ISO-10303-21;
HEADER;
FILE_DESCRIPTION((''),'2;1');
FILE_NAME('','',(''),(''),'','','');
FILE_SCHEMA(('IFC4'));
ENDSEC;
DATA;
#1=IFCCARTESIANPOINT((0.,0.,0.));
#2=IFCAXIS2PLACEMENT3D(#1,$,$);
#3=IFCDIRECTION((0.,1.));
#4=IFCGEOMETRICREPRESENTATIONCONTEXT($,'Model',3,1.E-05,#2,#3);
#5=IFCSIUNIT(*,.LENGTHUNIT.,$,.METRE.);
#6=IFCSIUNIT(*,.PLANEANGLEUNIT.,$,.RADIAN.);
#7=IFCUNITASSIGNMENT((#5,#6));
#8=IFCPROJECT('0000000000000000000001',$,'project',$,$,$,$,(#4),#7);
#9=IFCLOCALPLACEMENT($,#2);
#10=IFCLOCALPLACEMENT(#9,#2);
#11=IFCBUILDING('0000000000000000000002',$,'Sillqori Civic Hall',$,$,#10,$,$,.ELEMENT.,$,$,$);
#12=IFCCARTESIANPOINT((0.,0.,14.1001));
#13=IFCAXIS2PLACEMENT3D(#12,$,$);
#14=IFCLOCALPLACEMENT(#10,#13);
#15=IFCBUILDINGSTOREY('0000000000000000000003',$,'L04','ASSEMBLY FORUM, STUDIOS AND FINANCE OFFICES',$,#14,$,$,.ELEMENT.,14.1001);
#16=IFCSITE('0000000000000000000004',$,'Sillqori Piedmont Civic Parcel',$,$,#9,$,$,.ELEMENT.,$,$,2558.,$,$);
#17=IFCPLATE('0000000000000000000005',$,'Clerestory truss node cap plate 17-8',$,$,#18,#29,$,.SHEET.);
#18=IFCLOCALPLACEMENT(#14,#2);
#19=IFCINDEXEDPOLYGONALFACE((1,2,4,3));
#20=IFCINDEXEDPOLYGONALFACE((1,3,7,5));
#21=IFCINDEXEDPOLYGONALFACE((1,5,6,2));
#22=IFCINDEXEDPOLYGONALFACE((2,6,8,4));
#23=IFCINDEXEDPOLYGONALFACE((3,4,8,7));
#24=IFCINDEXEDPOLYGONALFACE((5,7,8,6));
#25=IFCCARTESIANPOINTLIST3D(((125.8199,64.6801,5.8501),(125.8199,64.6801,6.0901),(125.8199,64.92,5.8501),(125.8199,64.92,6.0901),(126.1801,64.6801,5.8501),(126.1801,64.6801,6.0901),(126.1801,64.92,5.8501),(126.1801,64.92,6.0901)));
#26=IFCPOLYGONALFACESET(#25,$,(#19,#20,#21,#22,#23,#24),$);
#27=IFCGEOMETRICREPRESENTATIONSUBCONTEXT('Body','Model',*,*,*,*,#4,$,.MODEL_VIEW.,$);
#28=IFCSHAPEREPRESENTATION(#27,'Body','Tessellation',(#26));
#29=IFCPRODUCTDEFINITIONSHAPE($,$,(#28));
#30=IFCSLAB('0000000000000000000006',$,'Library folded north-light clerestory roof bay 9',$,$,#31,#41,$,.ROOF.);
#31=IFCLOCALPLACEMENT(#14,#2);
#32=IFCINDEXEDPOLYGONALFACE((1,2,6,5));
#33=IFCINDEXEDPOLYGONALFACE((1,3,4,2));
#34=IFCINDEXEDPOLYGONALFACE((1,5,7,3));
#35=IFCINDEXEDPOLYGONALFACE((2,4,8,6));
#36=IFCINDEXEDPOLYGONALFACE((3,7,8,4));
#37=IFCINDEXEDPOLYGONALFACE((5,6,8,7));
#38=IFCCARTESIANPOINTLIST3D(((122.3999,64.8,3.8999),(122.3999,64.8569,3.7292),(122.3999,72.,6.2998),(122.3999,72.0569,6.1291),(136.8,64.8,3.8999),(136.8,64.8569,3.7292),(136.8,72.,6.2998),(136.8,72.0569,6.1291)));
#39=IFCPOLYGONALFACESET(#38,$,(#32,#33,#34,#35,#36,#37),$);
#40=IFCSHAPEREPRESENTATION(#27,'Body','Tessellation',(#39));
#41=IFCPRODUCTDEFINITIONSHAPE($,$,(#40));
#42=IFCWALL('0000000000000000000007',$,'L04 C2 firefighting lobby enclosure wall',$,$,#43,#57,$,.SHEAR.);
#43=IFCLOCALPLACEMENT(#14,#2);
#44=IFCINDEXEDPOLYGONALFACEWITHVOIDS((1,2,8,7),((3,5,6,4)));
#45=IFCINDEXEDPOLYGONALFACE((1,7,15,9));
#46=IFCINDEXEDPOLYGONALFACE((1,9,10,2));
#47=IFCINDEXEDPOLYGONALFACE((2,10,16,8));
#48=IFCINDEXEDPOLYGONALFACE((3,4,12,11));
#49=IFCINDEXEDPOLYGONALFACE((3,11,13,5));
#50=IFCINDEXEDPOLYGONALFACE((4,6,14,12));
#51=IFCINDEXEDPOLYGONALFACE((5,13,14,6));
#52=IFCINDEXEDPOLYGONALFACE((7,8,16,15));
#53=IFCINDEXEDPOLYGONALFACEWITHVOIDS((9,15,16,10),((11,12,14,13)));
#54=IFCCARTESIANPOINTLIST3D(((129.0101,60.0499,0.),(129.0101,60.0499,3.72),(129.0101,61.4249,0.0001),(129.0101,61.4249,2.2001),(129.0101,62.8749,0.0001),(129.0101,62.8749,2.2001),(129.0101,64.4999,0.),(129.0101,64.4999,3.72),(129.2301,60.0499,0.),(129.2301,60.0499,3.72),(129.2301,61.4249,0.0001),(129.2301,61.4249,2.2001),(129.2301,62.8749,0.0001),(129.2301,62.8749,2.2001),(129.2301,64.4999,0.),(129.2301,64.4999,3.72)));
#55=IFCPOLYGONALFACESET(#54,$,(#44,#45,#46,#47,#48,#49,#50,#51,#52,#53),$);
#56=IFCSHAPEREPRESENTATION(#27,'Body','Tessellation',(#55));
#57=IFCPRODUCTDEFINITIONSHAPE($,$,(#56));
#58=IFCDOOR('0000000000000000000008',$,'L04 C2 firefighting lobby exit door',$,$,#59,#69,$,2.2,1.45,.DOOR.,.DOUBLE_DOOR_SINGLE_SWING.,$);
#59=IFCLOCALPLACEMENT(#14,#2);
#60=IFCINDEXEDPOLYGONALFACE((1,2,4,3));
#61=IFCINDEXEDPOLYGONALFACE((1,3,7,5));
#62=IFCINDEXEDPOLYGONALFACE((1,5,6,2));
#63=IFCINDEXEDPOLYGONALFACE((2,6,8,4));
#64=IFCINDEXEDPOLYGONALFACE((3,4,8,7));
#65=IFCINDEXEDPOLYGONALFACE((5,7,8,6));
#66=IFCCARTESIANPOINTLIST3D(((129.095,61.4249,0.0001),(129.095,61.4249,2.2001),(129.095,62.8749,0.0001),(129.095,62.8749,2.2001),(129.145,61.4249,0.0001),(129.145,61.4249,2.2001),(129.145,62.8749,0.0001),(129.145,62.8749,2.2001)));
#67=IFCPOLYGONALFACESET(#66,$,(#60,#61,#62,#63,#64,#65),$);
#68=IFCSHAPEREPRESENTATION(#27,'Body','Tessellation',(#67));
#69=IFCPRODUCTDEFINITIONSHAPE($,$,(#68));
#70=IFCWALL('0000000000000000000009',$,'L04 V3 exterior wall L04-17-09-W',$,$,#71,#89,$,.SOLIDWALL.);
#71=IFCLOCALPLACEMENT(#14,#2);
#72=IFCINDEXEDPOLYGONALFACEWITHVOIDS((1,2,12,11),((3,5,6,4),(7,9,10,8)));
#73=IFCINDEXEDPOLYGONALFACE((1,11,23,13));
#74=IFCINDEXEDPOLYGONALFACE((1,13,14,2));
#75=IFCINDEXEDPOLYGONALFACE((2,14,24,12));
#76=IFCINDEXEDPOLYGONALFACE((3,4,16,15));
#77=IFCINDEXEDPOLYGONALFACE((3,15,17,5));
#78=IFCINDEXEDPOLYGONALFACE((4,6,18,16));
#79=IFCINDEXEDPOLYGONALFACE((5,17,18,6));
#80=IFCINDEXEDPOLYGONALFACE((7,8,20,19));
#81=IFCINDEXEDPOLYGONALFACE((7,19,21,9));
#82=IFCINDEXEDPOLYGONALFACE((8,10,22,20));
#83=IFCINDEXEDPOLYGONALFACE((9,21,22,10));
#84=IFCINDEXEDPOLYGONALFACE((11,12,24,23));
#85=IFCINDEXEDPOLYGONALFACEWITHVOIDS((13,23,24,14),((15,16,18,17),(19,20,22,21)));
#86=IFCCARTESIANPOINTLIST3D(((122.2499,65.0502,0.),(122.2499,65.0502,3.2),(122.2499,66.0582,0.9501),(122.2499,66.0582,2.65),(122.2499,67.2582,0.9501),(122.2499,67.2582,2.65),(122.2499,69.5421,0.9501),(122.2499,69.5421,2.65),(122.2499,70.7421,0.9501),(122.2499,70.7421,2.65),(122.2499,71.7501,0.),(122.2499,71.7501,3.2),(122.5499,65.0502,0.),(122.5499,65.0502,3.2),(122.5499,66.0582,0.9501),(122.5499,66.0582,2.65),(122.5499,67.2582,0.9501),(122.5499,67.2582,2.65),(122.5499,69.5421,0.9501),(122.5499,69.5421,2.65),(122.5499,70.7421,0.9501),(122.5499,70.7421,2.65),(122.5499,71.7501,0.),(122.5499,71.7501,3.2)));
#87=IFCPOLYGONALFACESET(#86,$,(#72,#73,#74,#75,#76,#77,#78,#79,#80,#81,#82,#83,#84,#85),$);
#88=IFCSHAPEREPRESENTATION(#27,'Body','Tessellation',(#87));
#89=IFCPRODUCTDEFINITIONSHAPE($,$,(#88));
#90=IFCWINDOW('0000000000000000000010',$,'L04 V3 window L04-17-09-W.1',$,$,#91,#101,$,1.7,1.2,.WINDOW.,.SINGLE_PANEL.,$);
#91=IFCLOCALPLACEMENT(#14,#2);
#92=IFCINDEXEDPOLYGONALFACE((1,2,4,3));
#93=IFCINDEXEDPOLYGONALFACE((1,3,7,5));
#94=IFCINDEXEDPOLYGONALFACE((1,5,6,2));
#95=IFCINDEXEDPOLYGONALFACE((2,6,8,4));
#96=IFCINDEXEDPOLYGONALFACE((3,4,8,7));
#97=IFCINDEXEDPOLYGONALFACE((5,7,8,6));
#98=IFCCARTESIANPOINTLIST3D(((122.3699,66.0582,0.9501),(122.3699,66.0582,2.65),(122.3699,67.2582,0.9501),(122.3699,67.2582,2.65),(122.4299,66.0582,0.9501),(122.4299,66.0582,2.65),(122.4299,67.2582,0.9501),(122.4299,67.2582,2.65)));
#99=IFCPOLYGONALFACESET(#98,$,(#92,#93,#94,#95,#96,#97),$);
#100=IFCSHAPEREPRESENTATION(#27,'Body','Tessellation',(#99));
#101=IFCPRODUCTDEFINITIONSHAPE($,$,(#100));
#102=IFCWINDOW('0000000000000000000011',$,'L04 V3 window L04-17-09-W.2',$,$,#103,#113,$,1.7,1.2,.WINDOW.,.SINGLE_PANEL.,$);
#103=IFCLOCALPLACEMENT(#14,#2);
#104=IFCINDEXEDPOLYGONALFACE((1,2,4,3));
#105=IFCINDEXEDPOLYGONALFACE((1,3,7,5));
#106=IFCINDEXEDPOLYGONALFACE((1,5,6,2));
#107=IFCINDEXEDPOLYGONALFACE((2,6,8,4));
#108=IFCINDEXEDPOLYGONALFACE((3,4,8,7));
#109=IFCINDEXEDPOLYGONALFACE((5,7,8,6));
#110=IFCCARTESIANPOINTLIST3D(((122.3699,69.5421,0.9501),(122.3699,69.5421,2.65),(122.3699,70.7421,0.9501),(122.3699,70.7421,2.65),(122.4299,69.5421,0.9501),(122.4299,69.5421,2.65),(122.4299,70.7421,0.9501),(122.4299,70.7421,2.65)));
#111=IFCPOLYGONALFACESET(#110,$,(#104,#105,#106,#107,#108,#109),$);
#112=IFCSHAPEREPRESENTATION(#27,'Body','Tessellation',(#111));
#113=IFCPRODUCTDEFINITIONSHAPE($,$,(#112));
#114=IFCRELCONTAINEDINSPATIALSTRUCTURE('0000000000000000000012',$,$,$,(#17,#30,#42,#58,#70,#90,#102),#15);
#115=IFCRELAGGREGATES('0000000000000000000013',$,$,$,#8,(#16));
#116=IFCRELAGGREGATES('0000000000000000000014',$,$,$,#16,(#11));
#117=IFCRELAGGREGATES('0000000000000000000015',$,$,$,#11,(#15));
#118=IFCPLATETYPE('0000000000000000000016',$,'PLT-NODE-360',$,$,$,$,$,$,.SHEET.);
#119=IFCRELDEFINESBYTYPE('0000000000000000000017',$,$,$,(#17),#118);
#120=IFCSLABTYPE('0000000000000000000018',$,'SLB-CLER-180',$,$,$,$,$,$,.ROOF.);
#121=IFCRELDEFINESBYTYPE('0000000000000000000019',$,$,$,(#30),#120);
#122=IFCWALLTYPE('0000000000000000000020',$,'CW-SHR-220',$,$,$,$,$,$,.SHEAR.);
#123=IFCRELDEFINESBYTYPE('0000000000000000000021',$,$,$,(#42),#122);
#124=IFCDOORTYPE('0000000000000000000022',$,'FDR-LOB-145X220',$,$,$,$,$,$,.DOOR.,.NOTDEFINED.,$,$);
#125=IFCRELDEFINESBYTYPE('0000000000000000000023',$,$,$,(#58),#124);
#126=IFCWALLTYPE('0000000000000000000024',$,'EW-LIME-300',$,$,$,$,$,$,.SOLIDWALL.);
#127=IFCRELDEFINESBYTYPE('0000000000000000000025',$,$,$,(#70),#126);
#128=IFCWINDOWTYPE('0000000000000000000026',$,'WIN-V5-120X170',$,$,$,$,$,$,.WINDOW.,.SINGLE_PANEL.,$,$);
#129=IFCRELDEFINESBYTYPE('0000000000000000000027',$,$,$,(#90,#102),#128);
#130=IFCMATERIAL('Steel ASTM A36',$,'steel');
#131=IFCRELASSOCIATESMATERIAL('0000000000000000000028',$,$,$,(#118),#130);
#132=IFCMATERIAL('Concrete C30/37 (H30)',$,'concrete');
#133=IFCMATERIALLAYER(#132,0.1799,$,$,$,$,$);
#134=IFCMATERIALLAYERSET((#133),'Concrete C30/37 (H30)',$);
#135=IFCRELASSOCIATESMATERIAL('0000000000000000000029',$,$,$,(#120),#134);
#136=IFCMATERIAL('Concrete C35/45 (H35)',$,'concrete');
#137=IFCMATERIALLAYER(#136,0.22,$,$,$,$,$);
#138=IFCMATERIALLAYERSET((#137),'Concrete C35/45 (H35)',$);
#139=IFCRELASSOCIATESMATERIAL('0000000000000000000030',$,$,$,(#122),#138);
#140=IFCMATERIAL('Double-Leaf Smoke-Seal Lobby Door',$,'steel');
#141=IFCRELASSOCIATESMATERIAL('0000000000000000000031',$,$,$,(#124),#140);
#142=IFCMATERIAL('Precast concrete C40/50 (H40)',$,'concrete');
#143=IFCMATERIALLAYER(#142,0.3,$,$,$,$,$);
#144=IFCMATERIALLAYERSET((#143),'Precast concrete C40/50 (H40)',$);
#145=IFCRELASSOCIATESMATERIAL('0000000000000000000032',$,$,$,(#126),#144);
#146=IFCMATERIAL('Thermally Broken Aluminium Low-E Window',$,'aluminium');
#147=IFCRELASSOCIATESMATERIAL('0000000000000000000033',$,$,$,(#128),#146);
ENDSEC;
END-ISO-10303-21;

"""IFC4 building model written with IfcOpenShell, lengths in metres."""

from ifc_helpers import new_model, si_unit, direction, frame, frame_2d, origin, origin_2d, place, context, subcontext, project, spatial, polyline, rectangle, outline, extrude, material, layer, layer_set, type_object, element, fill, save


model = new_model("IFC4")

# Units and contexts
model_context = context("Model", 3, precision=1e-05, world=origin(), true_north=direction((0.0, 1.0)))
body_context = subcontext(model_context, "Body", "Model", "MODEL_VIEW")
ifc_project = project(units=[si_unit("LENGTHUNIT", "METRE"), si_unit("PLANEANGLEUNIT", "RADIAN")], contexts=[model_context])

# Site, building, storey
site_placement = place(None, origin())
site = spatial("IfcSite", under=ifc_project, at=site_placement, Name="Sillqori Piedmont Civic Parcel", CompositionType="ELEMENT", RefElevation=2558.0)
building_placement = place(site_placement, origin())
building = spatial("IfcBuilding", under=site, at=building_placement, Name="Sillqori Civic Hall", CompositionType="ELEMENT")
storey_placement = place(building_placement, frame((0.0, 0.0, 14.1001)))
storey = spatial("IfcBuildingStorey", under=building, at=storey_placement, Name="L04", Description="ASSEMBLY FORUM, STUDIOS AND FINANCE OFFICES", CompositionType="ELEMENT", Elevation=14.1001)

# Shared definitions
ifc_material_1 = material(Name="Concrete C35/45 (H35)", Category="concrete")

# Plate
ifc_material_2 = material(Name="Steel ASTM A36", Category="steel")
plate_type_1 = type_object("IfcPlateType", Name="PLT-NODE-360", PredefinedType="SHEET", material=ifc_material_2)
plate_1_placement = place(storey_placement, frame((126.0, 64.8, 5.8501), z_axis=(0.0, 0.0, 1.0), x_axis=(1.0, 0.0, 0.0)))
element("IfcPlate", 1, at=plate_1_placement, inside=storey, type_object=plate_type_1, Name="Clerestory truss node cap plate 17-8", PredefinedType="SHEET", context=body_context, shape_type="SweptSolid", body=[
    extrude(rectangle(XDim=0.3601, YDim=0.24, at=origin_2d()), origin(), (0.0, 0.0, 1.0), 0.24),
])

# Slab
ifc_material_3 = material(Name="Concrete C30/37 (H30)", Category="concrete")
ifc_layer_1 = layer(ifc_material_3, 0.1799)
ifc_layer_set_1 = layer_set([ifc_layer_1], Name="Concrete C30/37 (H30)")
slab_type = type_object("IfcSlabType", Name="SLB-CLER-180", PredefinedType="ROOF", material=ifc_layer_set_1)
slab_placement = place(storey_placement, frame((122.3999, 64.8, 3.8999), z_axis=(0.0, -0.316218, 0.948687), x_axis=(1.0, 0.0, 0.0)))
element("IfcSlab", 2, at=slab_placement, inside=storey, type_object=slab_type, Name="Library folded north-light clerestory roof bay 9", PredefinedType="ROOF", context=body_context, shape_type="SweptSolid", body=[
    extrude(outline(polyline([(0.0, 0.0), (14.4001, 0.0), (14.4001, 7.5894), (0.0, 7.5894), (0.0, 0.0)])), origin(), (0.0, 0.0, -1.0), 0.1799),
])

# Wall, opening, door
ifc_layer_2 = layer(ifc_material_1, 0.22)
ifc_layer_set_2 = layer_set([ifc_layer_2], Name="Concrete C35/45 (H35)")
wall_type_1 = type_object("IfcWallType", Name="CW-SHR-220", PredefinedType="SHEAR", material=ifc_layer_set_2)
wall_1_placement = place(storey_placement, frame((129.1201, 64.5, 0.0), z_axis=(0.0, 0.0, 1.0), x_axis=(0.0, -1.0, 0.0)))
wall_1 = element("IfcWall", 3, at=wall_1_placement, inside=storey, type_object=wall_type_1, Name="L04 C2 firefighting lobby enclosure wall", PredefinedType="SHEAR", context=body_context, shape_type="SweptSolid", body=[
    extrude(rectangle(XDim=4.45, YDim=0.22, at=frame_2d((2.2251, 0.0))), origin(), (0.0, 0.0, 1.0), 3.72),
])
opening_1_placement = place(wall_1_placement, frame((1.625, 0.0, 0.0)))
opening_1 = element("IfcOpeningElement", 4, at=opening_1_placement, cuts=wall_1, PredefinedType="OPENING", context=body_context, shape_type="SweptSolid", body=[
    extrude(rectangle(XDim=1.45, YDim=2.2, at=frame_2d((0.7251, 1.1001))), frame((0.0, 0.1199, 0.0), z_axis=(0.0, -1.0, 0.0), x_axis=(1.0, 0.0, 0.0)), (0.0, 0.0, 1.0), 0.24),
])
ifc_material_4 = material(Name="Double-Leaf Smoke-Seal Lobby Door", Category="steel")
door_type = type_object("IfcDoorType", Name="FDR-LOB-145X220", OperationType="NOTDEFINED", PredefinedType="DOOR", material=ifc_material_4)
door_placement = place(opening_1_placement, origin())
door = element("IfcDoor", 5, at=door_placement, inside=storey, type_object=door_type, Name="L04 C2 firefighting lobby exit door", OperationType="DOUBLE_DOOR_SINGLE_SWING", OverallHeight=2.2, OverallWidth=1.45, PredefinedType="DOOR", context=body_context, shape_type="SweptSolid", body=[
    extrude(rectangle(XDim=1.45, YDim=2.2, at=frame_2d((0.7251, 1.1001))), frame((0.0, 0.0249, 0.0), z_axis=(0.0, -1.0, 0.0), x_axis=(1.0, 0.0, 0.0)), (0.0, 0.0, 1.0), 0.05),
])
fill(opening_1, door)

# Wall, openings, windows
ifc_material_5 = material(Name="Precast concrete C40/50 (H40)", Category="concrete")
ifc_layer_3 = layer(ifc_material_5, 0.3)
ifc_layer_set_3 = layer_set([ifc_layer_3], Name="Precast concrete C40/50 (H40)")
wall_type_2 = type_object("IfcWallType", Name="EW-LIME-300", PredefinedType="SOLIDWALL", material=ifc_layer_set_3)
wall_2_placement = place(storey_placement, frame((122.3999, 65.05, 0.0), z_axis=(0.0, 0.0, 1.0), x_axis=(0.0, 1.0, 0.0)))
wall_2 = element("IfcWall", 6, at=wall_2_placement, inside=storey, type_object=wall_type_2, Name="L04 V3 exterior wall L04-17-09-W", PredefinedType="SOLIDWALL", context=body_context, shape_type="SweptSolid", body=[
    extrude(rectangle(XDim=6.7, YDim=0.3, at=frame_2d((3.3501, 0.0))), origin(), (0.0, 0.0, 1.0), 3.2),
])
opening_2_placement = place(wall_2_placement, frame((1.0081, 0.0, 0.95)))
opening_2 = element("IfcOpeningElement", 7, at=opening_2_placement, cuts=wall_2, PredefinedType="OPENING", context=body_context, shape_type="SweptSolid", body=[
    extrude(rectangle(XDim=1.2, YDim=1.7, at=frame_2d((0.6001, 0.8501))), frame((0.0, 0.1599, 0.0), z_axis=(0.0, -1.0, 0.0), x_axis=(1.0, 0.0, 0.0)), (0.0, 0.0, 1.0), 0.3201),
])
opening_3_placement = place(wall_2_placement, frame((4.4919, 0.0, 0.95)))
opening_3 = element("IfcOpeningElement", 8, at=opening_3_placement, cuts=wall_2, PredefinedType="OPENING", context=body_context, shape_type="SweptSolid", body=[
    extrude(rectangle(XDim=1.2, YDim=1.7, at=frame_2d((0.6001, 0.8501))), frame((0.0, 0.1599, 0.0), z_axis=(0.0, -1.0, 0.0), x_axis=(1.0, 0.0, 0.0)), (0.0, 0.0, 1.0), 0.3201),
])
ifc_material_6 = material(Name="Thermally Broken Aluminium Low-E Window", Category="aluminium")
window_type = type_object("IfcWindowType", Name="WIN-V5-120X170", PartitioningType="SINGLE_PANEL", PredefinedType="WINDOW", material=ifc_material_6)
window_1_placement = place(opening_2_placement, origin())
window_1 = element("IfcWindow", 9, at=window_1_placement, inside=storey, type_object=window_type, Name="L04 V3 window L04-17-09-W.1", OverallHeight=1.7, OverallWidth=1.2, PartitioningType="SINGLE_PANEL", PredefinedType="WINDOW", context=body_context, shape_type="SweptSolid", body=[
    extrude(rectangle(XDim=1.2, YDim=1.7, at=frame_2d((0.6001, 0.8501))), frame((0.0, 0.03, 0.0), z_axis=(0.0, -1.0, 0.0), x_axis=(1.0, 0.0, 0.0)), (0.0, 0.0, 1.0), 0.0601),
])
fill(opening_2, window_1)
window_2_placement = place(opening_3_placement, origin())
window_2 = element("IfcWindow", 10, at=window_2_placement, inside=storey, type_object=window_type, Name="L04 V3 window L04-17-09-W.2", OverallHeight=1.7, OverallWidth=1.2, PartitioningType="SINGLE_PANEL", PredefinedType="WINDOW", context=body_context, shape_type="SweptSolid", body=[
    extrude(rectangle(XDim=1.2, YDim=1.7, at=frame_2d((0.6001, 0.8501))), frame((0.0, 0.03, 0.0), z_axis=(0.0, -1.0, 0.0), x_axis=(1.0, 0.0, 0.0)), (0.0, 0.0, 1.0), 0.0601),
])
fill(opening_3, window_2)

save(model, "model.ifc")
